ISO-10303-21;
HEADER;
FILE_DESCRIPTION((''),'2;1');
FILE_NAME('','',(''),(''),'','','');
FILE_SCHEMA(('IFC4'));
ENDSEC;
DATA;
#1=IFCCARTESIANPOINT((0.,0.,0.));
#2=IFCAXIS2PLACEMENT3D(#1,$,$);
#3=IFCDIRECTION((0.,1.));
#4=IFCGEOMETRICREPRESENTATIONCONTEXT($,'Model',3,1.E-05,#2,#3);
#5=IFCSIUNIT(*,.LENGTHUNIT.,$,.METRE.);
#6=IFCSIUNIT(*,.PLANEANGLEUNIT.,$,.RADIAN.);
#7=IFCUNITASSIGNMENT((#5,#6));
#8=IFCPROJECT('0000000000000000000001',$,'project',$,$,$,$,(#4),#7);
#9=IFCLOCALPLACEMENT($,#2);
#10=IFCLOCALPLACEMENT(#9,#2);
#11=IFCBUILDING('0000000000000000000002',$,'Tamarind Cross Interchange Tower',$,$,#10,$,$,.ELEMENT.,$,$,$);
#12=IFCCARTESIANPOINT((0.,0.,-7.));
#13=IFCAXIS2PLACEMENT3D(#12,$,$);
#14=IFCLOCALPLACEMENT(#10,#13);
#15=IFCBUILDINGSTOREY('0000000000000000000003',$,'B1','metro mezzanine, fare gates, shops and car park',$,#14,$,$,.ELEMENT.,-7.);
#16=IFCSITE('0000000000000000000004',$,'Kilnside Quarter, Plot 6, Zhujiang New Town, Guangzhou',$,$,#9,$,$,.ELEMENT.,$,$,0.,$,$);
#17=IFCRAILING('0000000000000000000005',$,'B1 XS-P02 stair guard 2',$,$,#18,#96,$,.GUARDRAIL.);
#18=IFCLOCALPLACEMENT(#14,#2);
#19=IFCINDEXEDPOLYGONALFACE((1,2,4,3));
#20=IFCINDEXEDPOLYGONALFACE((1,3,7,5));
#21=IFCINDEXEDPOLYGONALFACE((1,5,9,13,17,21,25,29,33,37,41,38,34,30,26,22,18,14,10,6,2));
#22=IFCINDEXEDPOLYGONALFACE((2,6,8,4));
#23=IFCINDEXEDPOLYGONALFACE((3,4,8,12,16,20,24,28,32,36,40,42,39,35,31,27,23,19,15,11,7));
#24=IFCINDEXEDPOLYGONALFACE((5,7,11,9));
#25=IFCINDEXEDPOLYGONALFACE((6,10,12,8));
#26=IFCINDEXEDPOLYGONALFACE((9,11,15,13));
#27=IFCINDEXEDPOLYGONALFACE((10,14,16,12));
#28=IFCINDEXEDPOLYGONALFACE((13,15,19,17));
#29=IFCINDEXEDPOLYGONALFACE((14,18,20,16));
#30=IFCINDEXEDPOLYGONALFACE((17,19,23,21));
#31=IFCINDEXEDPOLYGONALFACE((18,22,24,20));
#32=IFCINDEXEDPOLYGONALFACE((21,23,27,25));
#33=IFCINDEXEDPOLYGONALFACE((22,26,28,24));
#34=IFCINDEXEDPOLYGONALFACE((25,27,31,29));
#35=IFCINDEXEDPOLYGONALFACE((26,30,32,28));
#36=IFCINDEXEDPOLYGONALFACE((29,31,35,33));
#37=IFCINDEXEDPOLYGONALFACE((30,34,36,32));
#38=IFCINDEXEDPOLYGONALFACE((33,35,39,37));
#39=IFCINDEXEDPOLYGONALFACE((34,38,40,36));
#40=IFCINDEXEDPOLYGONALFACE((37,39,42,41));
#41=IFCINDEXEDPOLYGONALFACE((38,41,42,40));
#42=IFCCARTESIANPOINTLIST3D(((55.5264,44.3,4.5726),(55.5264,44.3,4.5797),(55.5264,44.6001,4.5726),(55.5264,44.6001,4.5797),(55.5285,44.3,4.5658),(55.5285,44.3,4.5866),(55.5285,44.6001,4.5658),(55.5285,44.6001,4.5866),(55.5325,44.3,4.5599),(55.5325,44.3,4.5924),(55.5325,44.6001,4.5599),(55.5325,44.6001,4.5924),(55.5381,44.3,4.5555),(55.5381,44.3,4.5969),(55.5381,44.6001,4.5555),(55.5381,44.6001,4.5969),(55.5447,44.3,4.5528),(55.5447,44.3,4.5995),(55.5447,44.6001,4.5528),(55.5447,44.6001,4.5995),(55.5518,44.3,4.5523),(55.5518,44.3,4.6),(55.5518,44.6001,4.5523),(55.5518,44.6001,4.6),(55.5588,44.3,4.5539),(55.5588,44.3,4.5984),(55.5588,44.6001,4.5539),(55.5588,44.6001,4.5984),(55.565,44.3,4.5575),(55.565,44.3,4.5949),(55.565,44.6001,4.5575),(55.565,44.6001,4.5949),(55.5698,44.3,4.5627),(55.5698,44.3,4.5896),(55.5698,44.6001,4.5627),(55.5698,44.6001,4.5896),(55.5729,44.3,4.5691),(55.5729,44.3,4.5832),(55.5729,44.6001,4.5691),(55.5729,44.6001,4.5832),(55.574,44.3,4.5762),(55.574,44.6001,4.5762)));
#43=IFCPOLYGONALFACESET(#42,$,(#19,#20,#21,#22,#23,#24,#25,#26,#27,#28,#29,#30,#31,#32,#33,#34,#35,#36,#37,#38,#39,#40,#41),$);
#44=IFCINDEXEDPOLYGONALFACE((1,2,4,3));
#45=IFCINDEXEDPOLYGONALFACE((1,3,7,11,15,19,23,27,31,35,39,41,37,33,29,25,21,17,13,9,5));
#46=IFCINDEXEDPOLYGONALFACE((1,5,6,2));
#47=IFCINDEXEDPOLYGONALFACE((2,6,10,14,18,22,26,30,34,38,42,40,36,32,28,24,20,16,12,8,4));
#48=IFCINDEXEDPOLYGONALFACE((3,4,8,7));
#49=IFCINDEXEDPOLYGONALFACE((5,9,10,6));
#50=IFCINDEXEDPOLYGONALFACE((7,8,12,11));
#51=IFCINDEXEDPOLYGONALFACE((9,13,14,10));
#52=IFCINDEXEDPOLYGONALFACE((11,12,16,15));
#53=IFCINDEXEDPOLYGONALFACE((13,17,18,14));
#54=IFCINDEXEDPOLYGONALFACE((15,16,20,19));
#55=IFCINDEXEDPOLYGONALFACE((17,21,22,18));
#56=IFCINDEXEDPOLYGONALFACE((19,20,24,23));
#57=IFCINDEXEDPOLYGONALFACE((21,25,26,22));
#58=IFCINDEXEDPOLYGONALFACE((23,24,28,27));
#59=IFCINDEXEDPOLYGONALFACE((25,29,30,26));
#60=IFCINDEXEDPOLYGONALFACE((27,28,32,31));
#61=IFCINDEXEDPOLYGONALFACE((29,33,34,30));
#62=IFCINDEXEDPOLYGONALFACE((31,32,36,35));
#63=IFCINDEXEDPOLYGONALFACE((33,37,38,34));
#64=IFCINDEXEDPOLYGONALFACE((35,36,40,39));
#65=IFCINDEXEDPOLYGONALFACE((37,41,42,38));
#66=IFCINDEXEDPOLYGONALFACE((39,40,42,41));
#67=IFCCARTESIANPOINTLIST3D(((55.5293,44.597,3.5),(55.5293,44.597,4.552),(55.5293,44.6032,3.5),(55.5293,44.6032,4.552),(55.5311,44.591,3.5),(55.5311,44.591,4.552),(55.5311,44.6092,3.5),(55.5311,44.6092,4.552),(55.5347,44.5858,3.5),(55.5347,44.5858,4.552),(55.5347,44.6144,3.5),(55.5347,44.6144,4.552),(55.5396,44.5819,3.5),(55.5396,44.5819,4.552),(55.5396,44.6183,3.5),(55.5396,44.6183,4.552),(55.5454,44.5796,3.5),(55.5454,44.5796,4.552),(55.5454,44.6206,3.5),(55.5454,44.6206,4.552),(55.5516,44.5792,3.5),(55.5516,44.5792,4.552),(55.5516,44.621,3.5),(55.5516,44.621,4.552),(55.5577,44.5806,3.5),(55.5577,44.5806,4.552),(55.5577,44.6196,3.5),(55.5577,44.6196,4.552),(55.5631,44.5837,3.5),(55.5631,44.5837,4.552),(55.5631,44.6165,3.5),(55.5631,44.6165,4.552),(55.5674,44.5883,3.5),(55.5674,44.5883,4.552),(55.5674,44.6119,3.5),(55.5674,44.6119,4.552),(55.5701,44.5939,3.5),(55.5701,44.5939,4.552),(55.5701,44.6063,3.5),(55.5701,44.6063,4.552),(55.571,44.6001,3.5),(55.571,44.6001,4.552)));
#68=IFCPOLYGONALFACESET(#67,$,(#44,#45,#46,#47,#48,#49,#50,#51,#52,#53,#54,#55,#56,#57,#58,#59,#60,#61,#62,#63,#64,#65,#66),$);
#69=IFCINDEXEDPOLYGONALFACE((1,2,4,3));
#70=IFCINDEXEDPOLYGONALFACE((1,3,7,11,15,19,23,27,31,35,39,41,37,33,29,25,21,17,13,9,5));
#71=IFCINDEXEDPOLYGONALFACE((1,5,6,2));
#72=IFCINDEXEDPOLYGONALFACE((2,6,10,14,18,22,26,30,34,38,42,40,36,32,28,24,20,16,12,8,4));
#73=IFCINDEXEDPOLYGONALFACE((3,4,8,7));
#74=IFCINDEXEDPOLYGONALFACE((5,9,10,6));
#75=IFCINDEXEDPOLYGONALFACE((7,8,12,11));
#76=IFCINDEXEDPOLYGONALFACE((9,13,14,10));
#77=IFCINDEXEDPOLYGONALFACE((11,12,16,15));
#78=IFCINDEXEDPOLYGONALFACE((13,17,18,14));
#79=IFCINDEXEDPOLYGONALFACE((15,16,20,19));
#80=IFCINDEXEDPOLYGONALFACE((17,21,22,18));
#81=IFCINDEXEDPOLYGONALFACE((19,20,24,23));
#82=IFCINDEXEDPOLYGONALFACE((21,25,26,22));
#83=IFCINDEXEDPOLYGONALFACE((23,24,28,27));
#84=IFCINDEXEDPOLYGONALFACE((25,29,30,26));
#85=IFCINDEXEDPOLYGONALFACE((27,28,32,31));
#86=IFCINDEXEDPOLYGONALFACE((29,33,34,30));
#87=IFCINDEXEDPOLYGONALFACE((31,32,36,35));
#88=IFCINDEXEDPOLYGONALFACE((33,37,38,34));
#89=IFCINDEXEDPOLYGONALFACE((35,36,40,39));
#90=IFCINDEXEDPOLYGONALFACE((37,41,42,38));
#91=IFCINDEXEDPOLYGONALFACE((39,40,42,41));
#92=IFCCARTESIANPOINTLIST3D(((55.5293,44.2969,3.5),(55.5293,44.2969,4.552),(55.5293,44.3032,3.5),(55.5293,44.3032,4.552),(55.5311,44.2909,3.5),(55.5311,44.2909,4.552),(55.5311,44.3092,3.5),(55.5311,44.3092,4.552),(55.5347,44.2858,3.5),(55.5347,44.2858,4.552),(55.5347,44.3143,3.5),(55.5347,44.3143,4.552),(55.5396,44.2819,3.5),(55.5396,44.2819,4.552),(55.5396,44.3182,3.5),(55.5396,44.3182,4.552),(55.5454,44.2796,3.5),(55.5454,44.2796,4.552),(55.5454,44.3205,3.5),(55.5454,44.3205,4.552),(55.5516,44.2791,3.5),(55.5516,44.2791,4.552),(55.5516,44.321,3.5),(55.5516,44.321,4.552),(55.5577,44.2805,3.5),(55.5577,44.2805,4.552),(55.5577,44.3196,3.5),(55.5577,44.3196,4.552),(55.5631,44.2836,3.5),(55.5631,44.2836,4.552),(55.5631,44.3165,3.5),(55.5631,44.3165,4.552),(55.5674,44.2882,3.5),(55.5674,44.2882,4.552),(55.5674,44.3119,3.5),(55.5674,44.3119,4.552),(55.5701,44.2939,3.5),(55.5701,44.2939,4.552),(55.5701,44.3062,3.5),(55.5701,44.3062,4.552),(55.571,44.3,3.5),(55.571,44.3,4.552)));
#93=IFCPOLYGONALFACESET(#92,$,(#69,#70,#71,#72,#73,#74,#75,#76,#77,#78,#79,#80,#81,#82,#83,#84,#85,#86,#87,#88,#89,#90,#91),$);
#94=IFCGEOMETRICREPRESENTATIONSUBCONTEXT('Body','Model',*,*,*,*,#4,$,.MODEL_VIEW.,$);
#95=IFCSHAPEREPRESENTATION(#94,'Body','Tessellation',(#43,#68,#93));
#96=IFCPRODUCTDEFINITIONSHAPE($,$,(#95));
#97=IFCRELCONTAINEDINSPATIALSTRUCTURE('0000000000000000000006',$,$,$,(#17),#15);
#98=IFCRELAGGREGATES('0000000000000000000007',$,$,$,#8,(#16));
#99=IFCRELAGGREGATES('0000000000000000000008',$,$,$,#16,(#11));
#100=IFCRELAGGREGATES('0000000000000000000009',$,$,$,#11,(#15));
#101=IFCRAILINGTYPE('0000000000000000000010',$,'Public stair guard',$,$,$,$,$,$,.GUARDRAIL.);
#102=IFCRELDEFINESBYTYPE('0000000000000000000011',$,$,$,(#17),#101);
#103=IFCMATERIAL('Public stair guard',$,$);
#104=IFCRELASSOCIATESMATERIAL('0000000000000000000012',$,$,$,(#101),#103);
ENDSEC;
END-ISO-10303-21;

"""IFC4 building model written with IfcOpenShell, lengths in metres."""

from ifc_helpers import new_model, si_unit, direction, frame, origin, origin_2d, place, context, subcontext, project, spatial, circle, extrude, material, type_object, element, save


model = new_model("IFC4")

# Units and contexts
model_context = context("Model", 3, precision=1e-05, world=origin(), true_north=direction((0.0, 1.0)))
body_context = subcontext(model_context, "Body", "Model", "MODEL_VIEW")
ifc_project = project(units=[si_unit("LENGTHUNIT", "METRE"), si_unit("PLANEANGLEUNIT", "RADIAN")], contexts=[model_context])

# Site, building, storey
site_placement = place(None, origin())
site = spatial("IfcSite", under=ifc_project, at=site_placement, Name="Kilnside Quarter, Plot 6, Zhujiang New Town, Guangzhou", CompositionType="ELEMENT", RefElevation=0.0)
building_placement = place(site_placement, origin())
building = spatial("IfcBuilding", under=site, at=building_placement, Name="Tamarind Cross Interchange Tower", CompositionType="ELEMENT")
storey_placement = place(building_placement, frame((0.0, 0.0, -7.0)))
storey = spatial("IfcBuildingStorey", under=building, at=storey_placement, Name="B1", Description="metro mezzanine, fare gates, shops and car park", CompositionType="ELEMENT", Elevation=-7.0)

# Railing
ifc_material_1 = material(Name="Public stair guard")
railing_type_1 = type_object("IfcRailingType", Name="Public stair guard", PredefinedType="GUARDRAIL", material=ifc_material_1)
railing_1_placement = place(storey_placement, frame((55.55, 44.6001, 3.5)))
element("IfcRailing", 1, at=railing_1_placement, inside=storey, type_object=railing_type_1, Name="B1 XS-P02 stair guard 2", PredefinedType="GUARDRAIL", context=body_context, shape_type="SweptSolid", body=[
    extrude(circle(Radius=0.0239, at=origin_2d()), frame((0.0, 0.0, 1.0762), z_axis=(0.0, -1.0, 0.0), x_axis=(1.0, 0.0, 0.0)), (0.0, 0.0, 1.0), 0.3),
    extrude(circle(Radius=0.021, at=origin_2d()), origin(), (0.0, 0.0, 1.0), 1.052),
    extrude(circle(Radius=0.021, at=origin_2d()), frame((0.0, -0.3, 0.0)), (0.0, 0.0, 1.0), 1.052),
])

save(model, "model.ifc")
